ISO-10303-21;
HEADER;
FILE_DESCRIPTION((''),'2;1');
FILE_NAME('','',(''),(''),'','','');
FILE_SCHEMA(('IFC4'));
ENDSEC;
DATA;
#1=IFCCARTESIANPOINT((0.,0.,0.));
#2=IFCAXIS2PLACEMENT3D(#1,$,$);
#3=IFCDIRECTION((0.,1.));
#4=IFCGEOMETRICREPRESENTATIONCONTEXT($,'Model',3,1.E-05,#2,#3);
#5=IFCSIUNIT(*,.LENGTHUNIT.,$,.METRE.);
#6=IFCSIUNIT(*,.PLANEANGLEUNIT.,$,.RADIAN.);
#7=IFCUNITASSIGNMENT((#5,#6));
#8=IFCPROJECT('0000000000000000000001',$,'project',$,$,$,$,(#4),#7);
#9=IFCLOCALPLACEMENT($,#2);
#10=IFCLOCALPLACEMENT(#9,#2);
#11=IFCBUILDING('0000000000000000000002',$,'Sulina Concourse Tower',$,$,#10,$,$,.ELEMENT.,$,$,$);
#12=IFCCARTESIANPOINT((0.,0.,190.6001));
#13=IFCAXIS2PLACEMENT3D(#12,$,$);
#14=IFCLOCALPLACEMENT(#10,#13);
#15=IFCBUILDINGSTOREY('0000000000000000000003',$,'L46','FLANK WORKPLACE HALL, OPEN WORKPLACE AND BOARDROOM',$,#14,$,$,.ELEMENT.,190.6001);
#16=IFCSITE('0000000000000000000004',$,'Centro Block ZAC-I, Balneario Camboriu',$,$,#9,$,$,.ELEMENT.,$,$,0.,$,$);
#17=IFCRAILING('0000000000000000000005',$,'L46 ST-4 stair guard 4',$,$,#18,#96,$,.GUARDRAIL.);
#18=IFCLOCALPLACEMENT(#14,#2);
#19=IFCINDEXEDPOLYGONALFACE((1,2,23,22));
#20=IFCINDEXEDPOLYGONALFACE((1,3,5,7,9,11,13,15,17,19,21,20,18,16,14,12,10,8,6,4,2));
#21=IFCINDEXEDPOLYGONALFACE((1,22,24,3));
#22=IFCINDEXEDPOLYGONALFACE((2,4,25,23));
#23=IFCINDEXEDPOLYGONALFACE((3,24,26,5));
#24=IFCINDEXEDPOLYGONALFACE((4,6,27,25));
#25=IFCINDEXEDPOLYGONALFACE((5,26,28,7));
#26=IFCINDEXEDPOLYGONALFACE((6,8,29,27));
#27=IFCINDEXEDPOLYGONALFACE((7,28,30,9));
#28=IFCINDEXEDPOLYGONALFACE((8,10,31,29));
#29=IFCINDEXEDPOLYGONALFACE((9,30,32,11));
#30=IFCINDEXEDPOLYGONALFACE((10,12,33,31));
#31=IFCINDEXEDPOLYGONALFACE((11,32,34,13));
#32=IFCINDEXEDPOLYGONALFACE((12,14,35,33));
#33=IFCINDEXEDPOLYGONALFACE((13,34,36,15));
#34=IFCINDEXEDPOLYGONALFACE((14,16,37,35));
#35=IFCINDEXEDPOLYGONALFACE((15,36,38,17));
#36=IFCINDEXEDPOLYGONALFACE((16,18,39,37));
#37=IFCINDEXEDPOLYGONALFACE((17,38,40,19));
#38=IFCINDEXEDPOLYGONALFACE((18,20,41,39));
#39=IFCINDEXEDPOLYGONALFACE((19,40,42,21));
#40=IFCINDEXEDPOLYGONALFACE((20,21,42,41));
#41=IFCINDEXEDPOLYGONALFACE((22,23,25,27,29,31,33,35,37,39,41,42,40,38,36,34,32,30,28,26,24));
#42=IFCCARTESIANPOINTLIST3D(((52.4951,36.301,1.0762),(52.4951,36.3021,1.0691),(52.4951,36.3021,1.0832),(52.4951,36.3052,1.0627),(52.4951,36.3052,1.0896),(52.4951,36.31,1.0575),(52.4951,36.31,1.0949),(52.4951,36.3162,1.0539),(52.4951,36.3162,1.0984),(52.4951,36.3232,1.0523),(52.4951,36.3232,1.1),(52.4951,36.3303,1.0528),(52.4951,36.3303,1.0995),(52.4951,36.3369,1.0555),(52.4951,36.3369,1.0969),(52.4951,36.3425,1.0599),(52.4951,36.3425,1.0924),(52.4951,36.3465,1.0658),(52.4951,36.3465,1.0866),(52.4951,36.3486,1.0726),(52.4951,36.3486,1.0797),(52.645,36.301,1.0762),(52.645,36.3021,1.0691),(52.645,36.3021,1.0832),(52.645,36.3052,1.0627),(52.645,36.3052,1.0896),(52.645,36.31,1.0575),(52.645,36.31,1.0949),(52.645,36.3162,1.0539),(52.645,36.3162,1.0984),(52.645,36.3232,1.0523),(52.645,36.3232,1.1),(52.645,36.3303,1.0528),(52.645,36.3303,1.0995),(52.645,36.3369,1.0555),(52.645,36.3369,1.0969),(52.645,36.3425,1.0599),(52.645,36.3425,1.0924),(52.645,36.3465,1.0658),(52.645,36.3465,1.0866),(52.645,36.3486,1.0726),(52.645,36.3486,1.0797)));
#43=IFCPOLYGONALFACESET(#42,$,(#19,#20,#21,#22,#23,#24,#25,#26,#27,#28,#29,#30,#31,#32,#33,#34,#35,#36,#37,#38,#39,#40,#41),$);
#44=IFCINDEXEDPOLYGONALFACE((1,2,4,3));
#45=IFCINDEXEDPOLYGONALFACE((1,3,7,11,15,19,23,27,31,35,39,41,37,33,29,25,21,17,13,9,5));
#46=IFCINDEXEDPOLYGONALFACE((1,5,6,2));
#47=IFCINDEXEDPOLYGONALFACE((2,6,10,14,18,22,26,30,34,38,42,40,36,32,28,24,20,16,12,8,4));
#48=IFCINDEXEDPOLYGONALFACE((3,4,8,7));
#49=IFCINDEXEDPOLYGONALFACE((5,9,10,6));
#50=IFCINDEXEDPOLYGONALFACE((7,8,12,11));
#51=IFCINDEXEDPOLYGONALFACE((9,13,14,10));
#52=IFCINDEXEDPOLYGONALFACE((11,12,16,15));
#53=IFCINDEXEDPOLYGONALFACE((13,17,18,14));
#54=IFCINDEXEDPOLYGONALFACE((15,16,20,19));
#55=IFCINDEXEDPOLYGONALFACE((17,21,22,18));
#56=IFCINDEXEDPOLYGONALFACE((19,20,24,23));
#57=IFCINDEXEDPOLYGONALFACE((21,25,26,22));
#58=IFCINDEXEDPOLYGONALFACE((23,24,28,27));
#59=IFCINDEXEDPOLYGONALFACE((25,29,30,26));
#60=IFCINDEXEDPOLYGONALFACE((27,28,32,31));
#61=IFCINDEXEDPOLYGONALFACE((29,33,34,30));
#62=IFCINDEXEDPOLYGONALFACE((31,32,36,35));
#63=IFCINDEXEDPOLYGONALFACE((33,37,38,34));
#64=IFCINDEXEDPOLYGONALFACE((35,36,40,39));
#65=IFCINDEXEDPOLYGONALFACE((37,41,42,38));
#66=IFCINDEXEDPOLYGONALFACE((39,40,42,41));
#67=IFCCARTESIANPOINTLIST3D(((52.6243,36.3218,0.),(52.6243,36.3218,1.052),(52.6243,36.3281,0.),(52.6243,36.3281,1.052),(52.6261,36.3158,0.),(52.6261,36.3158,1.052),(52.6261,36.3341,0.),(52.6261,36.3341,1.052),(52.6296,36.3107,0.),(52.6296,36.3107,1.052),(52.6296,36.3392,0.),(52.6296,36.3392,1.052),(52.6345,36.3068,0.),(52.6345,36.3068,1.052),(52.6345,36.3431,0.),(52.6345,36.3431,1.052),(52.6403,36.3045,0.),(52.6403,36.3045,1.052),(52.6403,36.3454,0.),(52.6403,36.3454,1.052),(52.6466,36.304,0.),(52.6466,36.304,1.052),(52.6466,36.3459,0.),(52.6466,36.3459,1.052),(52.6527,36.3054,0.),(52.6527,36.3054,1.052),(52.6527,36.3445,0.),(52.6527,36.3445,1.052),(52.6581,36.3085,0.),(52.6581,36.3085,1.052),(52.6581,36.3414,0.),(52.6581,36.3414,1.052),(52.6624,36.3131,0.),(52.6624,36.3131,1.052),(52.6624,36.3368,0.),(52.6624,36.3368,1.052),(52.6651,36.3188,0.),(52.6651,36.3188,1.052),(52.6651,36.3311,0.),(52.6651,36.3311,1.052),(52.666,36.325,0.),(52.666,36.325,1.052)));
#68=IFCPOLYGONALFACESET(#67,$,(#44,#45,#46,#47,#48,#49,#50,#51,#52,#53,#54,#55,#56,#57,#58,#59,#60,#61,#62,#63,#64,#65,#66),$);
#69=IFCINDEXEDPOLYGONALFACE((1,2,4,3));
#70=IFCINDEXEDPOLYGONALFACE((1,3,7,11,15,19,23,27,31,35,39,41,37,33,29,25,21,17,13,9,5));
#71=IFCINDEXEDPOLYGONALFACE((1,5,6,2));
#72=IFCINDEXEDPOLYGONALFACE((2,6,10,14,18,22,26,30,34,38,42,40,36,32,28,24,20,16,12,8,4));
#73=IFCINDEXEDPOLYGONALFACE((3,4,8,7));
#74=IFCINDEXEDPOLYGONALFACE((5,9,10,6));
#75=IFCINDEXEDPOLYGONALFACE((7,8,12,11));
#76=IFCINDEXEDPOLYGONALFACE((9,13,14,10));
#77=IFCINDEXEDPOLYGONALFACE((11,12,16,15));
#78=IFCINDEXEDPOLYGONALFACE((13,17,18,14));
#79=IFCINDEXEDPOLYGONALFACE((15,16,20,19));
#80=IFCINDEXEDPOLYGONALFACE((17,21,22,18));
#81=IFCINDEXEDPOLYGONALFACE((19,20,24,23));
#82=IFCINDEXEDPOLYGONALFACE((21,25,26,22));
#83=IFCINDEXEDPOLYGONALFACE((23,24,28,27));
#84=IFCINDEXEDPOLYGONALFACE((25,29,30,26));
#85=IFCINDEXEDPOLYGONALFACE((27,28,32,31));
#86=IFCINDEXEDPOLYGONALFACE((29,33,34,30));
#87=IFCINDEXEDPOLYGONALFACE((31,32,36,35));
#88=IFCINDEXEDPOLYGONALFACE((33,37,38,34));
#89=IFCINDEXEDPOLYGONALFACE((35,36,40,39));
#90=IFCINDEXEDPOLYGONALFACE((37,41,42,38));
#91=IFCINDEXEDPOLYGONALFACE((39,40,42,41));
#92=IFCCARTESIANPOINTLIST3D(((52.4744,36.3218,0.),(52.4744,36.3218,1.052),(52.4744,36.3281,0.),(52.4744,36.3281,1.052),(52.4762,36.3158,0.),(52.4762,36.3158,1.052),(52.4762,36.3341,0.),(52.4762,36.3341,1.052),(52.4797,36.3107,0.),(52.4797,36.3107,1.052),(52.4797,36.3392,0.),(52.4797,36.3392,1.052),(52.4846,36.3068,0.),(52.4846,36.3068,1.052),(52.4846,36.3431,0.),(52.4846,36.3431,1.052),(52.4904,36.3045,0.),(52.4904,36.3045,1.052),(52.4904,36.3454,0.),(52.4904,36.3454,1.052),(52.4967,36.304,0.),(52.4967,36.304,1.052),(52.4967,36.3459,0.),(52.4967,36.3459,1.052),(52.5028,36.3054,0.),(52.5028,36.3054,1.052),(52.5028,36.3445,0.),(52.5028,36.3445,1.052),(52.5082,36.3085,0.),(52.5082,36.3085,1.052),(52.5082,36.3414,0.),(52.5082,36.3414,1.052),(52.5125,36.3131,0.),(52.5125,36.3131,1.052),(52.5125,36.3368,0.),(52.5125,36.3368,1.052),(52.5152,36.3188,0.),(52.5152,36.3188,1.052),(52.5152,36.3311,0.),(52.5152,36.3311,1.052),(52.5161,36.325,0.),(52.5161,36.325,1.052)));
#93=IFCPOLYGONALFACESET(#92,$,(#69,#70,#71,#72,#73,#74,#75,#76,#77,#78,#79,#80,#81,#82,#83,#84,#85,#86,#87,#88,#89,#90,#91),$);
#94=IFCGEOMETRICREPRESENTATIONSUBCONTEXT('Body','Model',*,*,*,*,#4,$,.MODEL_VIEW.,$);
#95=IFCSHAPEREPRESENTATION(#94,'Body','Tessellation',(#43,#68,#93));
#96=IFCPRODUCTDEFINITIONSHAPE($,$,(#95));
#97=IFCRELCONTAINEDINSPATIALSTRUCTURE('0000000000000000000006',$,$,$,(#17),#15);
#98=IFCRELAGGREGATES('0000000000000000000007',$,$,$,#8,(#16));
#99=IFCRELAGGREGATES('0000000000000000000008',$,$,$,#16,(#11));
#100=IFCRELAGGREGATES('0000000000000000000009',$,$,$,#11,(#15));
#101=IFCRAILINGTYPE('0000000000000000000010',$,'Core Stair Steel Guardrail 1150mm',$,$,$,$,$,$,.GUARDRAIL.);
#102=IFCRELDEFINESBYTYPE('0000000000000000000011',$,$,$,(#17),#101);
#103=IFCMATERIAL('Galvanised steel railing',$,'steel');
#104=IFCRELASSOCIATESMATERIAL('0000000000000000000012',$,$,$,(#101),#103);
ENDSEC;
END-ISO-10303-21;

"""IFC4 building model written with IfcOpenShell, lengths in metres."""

from ifc_helpers import new_model, si_unit, direction, frame, origin, origin_2d, place, context, subcontext, project, spatial, circle, extrude, material, type_object, element, save


model = new_model("IFC4")

# Units and contexts
model_context = context("Model", 3, precision=1e-05, world=origin(), true_north=direction((0.0, 1.0)))
body_context = subcontext(model_context, "Body", "Model", "MODEL_VIEW")
ifc_project = project(units=[si_unit("LENGTHUNIT", "METRE"), si_unit("PLANEANGLEUNIT", "RADIAN")], contexts=[model_context])

# Site, building, storey
site_placement = place(None, origin())
site = spatial("IfcSite", under=ifc_project, at=site_placement, Name="Centro Block ZAC-I, Balneario Camboriu", CompositionType="ELEMENT", RefElevation=0.0)
building_placement = place(site_placement, origin())
building = spatial("IfcBuilding", under=site, at=building_placement, Name="Sulina Concourse Tower", CompositionType="ELEMENT")
storey_placement = place(building_placement, frame((0.0, 0.0, 190.6001)))
storey = spatial("IfcBuildingStorey", under=building, at=storey_placement, Name="L46", Description="FLANK WORKPLACE HALL, OPEN WORKPLACE AND BOARDROOM", CompositionType="ELEMENT", Elevation=190.6001)

# Railing
ifc_material_1 = material(Name="Galvanised steel railing", Category="steel")
railing_type_1 = type_object("IfcRailingType", Name="Core Stair Steel Guardrail 1150mm", PredefinedType="GUARDRAIL", material=ifc_material_1)
railing_1_placement = place(storey_placement, frame((52.645, 36.325, 0.0)))
element("IfcRailing", 1, at=railing_1_placement, inside=storey, type_object=railing_type_1, Name="L46 ST-4 stair guard 4", PredefinedType="GUARDRAIL", context=body_context, shape_type="SweptSolid", body=[
    extrude(circle(Radius=0.0239, at=origin_2d()), frame((0.0, 0.0, 1.0762), z_axis=(-1.0, 0.0, 0.0), x_axis=(0.0, -1.0, 0.0)), (0.0, 0.0, 1.0), 0.1499),
    extrude(circle(Radius=0.021, at=origin_2d()), origin(), (0.0, 0.0, 1.0), 1.052),
    extrude(circle(Radius=0.021, at=origin_2d()), frame((-0.1499, 0.0, 0.0)), (0.0, 0.0, 1.0), 1.052),
])

save(model, "model.ifc")
